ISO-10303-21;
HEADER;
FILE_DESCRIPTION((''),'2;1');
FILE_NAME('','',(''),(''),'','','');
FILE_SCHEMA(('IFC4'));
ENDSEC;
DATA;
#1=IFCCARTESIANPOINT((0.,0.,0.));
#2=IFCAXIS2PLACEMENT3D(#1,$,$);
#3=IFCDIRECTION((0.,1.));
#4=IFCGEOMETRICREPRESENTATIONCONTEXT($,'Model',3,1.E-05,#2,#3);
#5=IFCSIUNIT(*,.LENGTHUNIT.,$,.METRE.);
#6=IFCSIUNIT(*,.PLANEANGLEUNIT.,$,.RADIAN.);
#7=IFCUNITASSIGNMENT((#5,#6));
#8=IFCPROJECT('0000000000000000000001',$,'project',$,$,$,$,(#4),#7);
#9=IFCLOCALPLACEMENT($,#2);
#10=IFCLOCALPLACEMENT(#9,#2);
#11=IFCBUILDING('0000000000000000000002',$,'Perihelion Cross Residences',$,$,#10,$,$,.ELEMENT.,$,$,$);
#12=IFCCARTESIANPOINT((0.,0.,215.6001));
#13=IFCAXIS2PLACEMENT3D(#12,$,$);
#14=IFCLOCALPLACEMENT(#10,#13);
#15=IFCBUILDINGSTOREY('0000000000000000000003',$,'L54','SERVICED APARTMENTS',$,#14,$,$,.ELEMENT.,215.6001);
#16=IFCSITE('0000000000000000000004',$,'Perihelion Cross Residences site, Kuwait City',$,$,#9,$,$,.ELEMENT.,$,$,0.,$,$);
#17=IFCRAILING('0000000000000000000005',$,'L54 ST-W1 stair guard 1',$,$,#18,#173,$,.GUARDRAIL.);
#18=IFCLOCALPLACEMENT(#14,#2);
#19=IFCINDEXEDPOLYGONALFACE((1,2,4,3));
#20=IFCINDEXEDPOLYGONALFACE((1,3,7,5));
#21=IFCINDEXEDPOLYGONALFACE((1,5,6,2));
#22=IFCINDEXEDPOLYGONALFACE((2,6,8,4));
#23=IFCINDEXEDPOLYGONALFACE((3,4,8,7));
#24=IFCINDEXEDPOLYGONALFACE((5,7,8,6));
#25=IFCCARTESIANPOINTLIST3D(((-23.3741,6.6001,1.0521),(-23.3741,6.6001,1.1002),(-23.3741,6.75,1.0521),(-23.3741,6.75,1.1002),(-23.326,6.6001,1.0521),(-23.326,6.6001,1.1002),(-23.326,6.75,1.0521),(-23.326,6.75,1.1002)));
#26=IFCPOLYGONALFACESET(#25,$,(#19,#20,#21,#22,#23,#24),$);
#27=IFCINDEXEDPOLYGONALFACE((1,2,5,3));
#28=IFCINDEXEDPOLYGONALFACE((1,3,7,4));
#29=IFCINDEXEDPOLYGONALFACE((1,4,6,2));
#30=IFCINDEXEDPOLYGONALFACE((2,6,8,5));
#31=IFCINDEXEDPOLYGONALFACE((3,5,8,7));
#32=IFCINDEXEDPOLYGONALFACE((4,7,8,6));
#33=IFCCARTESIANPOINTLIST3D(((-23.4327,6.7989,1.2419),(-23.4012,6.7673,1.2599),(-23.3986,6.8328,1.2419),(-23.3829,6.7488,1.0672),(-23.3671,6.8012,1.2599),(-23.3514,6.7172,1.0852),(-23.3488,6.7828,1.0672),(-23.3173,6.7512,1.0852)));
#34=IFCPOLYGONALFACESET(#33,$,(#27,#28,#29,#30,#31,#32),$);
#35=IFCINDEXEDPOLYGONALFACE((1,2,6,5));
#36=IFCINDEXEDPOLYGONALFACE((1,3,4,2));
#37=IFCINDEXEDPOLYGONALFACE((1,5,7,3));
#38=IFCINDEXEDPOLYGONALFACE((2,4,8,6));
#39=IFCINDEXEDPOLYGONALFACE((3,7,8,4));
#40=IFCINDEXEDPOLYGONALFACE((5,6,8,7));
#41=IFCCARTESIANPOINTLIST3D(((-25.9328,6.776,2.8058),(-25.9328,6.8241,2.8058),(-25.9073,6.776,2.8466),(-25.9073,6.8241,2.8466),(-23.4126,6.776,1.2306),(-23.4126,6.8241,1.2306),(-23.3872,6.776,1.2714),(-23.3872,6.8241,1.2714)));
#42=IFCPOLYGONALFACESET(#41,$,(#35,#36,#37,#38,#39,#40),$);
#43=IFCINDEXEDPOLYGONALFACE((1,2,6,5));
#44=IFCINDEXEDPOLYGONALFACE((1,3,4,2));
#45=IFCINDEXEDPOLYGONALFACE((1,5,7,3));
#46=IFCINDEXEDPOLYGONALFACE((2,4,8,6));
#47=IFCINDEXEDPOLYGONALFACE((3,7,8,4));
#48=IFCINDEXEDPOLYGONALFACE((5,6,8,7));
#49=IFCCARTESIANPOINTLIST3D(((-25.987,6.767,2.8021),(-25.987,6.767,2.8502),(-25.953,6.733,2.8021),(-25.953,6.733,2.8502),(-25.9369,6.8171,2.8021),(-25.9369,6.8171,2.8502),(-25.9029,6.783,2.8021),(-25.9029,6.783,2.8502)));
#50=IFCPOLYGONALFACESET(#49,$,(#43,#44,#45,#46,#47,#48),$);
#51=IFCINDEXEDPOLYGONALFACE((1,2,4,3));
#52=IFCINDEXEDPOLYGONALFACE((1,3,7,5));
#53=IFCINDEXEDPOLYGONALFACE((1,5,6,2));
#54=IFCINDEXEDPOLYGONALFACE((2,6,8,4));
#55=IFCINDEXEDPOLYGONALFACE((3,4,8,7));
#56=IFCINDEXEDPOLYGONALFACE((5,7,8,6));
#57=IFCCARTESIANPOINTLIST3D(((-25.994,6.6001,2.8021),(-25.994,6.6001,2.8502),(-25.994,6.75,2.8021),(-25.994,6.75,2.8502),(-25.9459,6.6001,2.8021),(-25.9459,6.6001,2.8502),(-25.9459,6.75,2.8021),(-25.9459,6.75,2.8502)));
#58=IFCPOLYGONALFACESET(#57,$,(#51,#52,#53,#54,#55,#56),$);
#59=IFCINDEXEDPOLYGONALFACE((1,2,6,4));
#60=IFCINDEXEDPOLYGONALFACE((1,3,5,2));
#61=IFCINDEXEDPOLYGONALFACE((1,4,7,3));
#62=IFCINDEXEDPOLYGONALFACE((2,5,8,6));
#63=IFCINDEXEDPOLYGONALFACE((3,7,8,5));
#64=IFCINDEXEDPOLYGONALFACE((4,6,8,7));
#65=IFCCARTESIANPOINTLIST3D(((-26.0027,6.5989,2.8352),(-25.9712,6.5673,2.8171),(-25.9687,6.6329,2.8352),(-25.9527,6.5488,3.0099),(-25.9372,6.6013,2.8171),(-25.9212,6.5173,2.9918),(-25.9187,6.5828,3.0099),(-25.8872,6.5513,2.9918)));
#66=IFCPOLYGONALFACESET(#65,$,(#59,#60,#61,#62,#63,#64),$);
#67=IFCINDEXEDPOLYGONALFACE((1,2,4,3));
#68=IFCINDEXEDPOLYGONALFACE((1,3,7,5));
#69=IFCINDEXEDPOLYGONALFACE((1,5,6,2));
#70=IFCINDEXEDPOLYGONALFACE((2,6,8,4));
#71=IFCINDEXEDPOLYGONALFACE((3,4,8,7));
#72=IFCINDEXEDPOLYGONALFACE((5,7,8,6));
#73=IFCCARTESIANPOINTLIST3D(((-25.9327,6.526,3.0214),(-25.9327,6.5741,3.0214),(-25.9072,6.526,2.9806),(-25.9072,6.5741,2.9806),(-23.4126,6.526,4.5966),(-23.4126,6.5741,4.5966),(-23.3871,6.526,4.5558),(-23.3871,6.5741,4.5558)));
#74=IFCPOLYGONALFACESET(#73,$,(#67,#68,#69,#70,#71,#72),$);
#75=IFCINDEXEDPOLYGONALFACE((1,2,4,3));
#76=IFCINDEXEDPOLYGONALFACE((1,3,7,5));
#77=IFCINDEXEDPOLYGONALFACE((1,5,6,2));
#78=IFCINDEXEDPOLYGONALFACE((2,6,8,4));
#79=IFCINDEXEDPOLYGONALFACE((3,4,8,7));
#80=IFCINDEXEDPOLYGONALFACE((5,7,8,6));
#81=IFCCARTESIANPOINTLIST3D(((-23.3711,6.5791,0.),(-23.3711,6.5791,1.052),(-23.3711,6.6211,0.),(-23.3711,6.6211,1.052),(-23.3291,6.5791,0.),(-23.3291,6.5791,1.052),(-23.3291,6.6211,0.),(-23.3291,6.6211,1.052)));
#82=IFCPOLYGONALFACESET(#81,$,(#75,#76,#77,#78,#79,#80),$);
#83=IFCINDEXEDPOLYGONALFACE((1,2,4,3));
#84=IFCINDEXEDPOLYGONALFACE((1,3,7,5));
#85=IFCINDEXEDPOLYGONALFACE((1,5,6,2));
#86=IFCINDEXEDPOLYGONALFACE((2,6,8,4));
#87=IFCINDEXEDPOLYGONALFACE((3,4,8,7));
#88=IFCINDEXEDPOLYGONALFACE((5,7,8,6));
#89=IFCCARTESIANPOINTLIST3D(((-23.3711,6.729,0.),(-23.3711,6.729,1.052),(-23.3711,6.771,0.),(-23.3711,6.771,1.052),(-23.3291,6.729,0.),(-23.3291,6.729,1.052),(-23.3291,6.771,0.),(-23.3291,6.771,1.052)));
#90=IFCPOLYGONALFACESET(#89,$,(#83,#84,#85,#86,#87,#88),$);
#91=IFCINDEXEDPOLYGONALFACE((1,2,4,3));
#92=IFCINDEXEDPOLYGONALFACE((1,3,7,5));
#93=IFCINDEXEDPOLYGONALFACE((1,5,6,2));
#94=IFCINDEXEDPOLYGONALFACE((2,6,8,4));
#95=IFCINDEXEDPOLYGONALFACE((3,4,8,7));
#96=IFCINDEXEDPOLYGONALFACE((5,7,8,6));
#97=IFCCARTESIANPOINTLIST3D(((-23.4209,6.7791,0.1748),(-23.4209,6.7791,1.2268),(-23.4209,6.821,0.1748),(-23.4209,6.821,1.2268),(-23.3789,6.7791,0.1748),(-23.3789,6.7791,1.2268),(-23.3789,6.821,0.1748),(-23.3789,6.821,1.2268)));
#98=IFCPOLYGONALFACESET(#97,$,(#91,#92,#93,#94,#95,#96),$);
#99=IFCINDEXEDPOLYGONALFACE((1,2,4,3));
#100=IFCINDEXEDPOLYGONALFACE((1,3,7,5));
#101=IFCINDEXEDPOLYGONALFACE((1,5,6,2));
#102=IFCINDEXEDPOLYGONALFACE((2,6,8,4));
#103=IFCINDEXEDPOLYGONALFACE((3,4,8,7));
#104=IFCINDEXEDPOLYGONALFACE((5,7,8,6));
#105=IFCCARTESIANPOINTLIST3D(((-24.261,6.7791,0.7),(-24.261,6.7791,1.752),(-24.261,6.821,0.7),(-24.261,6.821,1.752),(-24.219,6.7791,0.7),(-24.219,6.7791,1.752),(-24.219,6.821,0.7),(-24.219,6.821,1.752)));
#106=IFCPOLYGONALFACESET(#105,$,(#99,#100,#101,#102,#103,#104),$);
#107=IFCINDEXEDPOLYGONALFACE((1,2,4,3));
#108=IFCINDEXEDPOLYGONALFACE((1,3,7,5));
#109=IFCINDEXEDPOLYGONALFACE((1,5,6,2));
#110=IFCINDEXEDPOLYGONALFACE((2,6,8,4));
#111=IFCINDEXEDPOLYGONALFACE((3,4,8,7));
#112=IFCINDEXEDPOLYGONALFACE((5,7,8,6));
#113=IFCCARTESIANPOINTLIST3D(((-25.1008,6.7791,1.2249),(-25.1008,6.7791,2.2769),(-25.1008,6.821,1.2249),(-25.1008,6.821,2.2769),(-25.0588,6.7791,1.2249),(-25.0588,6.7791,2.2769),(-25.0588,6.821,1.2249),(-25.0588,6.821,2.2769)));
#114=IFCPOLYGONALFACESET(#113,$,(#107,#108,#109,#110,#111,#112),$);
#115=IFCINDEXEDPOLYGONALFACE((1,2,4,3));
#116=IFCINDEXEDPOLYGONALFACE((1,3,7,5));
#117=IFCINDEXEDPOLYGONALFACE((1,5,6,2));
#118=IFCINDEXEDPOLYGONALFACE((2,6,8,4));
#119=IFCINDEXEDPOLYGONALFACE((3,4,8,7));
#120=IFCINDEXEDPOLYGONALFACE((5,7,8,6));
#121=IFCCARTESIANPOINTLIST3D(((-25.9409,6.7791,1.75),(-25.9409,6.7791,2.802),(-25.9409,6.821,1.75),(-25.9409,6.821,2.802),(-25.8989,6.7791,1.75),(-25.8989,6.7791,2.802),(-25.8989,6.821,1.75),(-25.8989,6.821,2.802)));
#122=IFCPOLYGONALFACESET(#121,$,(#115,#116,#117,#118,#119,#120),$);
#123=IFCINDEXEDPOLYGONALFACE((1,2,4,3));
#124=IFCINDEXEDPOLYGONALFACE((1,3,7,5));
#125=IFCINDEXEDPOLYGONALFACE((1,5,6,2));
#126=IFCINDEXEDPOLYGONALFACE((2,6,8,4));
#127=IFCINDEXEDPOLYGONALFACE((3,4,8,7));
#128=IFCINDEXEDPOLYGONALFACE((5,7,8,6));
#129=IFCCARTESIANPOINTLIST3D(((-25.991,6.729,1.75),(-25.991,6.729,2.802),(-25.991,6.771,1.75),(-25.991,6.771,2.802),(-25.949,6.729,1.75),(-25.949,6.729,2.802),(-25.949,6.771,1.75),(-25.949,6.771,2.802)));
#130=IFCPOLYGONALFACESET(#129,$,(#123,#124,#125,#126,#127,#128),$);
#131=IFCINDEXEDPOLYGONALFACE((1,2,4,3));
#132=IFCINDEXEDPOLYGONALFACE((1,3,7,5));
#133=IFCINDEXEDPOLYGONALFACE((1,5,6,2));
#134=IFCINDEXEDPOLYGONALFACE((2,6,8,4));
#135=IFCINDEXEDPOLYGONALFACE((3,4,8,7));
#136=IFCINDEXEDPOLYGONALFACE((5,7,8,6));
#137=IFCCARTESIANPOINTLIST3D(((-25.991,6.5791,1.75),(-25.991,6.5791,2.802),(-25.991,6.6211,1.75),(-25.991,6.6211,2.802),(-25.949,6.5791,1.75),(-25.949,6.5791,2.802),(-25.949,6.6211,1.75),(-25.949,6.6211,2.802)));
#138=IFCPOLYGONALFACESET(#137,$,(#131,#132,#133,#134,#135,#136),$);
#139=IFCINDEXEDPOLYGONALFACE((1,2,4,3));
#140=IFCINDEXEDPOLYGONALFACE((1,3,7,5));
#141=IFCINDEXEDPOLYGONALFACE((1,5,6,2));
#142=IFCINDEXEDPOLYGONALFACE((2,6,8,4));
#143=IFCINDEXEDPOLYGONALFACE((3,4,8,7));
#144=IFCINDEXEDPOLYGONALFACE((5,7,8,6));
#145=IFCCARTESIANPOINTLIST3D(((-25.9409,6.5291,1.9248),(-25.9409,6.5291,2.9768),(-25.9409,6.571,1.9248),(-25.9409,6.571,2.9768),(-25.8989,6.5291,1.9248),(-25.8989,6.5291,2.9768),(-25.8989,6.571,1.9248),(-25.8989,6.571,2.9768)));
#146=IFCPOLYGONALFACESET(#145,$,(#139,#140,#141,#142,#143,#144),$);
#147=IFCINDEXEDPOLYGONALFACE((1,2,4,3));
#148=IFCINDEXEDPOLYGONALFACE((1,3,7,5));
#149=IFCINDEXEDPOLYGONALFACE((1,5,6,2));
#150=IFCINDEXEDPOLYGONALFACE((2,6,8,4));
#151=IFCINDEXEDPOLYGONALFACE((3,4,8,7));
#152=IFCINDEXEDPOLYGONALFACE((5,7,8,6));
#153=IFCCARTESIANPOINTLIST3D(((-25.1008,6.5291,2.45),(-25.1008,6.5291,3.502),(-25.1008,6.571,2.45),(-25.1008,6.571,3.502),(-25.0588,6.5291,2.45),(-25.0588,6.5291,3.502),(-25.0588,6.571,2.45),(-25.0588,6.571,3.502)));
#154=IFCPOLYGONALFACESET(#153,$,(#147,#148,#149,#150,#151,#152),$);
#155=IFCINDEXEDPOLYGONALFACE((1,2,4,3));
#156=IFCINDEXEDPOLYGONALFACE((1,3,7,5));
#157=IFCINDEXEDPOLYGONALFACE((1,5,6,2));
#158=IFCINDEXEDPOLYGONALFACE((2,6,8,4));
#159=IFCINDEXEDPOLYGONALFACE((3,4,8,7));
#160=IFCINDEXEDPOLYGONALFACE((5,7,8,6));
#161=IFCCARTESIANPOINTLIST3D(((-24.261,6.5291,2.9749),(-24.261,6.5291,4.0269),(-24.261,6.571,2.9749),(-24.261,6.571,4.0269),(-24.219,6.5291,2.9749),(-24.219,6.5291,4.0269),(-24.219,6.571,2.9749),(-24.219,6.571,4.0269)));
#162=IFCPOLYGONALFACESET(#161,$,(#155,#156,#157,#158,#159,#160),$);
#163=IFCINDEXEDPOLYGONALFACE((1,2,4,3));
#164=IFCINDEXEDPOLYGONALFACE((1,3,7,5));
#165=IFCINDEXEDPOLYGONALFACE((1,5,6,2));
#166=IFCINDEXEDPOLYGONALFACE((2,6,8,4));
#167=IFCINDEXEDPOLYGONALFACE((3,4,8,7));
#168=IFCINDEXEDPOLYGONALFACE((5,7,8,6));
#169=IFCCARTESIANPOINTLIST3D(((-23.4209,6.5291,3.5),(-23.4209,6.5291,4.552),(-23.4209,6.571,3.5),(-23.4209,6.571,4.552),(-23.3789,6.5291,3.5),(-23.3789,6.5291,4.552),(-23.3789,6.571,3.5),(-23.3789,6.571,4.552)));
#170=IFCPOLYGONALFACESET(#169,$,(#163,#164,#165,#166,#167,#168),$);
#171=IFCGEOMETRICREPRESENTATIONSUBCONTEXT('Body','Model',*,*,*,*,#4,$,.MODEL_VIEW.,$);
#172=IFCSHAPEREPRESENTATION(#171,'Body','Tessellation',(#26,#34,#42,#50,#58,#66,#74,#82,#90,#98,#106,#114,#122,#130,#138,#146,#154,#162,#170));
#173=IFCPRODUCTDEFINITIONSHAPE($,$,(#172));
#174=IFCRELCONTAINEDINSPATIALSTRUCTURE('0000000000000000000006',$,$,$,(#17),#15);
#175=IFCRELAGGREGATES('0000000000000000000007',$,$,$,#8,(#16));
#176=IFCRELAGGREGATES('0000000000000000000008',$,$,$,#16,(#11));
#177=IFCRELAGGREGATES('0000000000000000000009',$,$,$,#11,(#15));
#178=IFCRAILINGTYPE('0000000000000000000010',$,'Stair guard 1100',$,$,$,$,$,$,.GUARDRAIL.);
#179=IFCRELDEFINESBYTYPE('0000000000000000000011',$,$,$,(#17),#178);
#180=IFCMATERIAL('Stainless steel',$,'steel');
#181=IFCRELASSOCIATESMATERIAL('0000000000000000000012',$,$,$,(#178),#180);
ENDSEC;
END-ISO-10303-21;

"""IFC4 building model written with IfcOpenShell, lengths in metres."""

from ifc_helpers import new_model, si_unit, direction, frame, origin, origin_2d, place, context, subcontext, project, spatial, rectangle, extrude, material, type_object, element, save


model = new_model("IFC4")

# Units and contexts
model_context = context("Model", 3, precision=1e-05, world=origin(), true_north=direction((0.0, 1.0)))
body_context = subcontext(model_context, "Body", "Model", "MODEL_VIEW")
ifc_project = project(units=[si_unit("LENGTHUNIT", "METRE"), si_unit("PLANEANGLEUNIT", "RADIAN")], contexts=[model_context])

# Site, building, storey
site_placement = place(None, origin())
site = spatial("IfcSite", under=ifc_project, at=site_placement, Name="Perihelion Cross Residences site, Kuwait City", CompositionType="ELEMENT", RefElevation=0.0)
building_placement = place(site_placement, origin())
building = spatial("IfcBuilding", under=site, at=building_placement, Name="Perihelion Cross Residences", CompositionType="ELEMENT")
storey_placement = place(building_placement, frame((0.0, 0.0, 215.6001)))
storey = spatial("IfcBuildingStorey", under=building, at=storey_placement, Name="L54", Description="SERVICED APARTMENTS", CompositionType="ELEMENT", Elevation=215.6001)

# Railing
ifc_material_1 = material(Name="Stainless steel", Category="steel")
railing_type_1 = type_object("IfcRailingType", Name="Stair guard 1100", PredefinedType="GUARDRAIL", material=ifc_material_1)
railing_1_placement = place(storey_placement, frame((-23.3501, 6.6001, 0.0)))
element("IfcRailing", 1, at=railing_1_placement, inside=storey, type_object=railing_type_1, Name="L54 ST-W1 stair guard 1", PredefinedType="GUARDRAIL", context=body_context, shape_type="SweptSolid", body=[
    extrude(rectangle(XDim=0.0481, YDim=0.0481, at=origin_2d()), frame((0.0, 0.0, 1.0762), z_axis=(0.0, 1.0, 0.0), x_axis=(-1.0, 0.0, 0.0)), (0.0, 0.0, 1.0), 0.1499),
    extrude(rectangle(XDim=0.0481, YDim=0.0481, at=origin_2d()), frame((0.0, 0.1499, 1.0762), z_axis=(-0.264179, 0.265474, 0.927218), x_axis=(-0.708834, -0.705376, 0.0)), (0.0, 0.0, 1.0), 0.1885),
    extrude(rectangle(XDim=0.0481, YDim=0.0481, at=origin_2d()), frame((-0.0498, 0.2, 1.251), z_axis=(-0.847971, 0.0, 0.530043), x_axis=(0.0, -1.0, 0.0)), (0.0, 0.0, 1.0), 2.9719),
    extrude(rectangle(XDim=0.0481, YDim=0.0481, at=origin_2d()), frame((-2.5698, 0.2, 2.8262), z_axis=(-0.707107, -0.707107, 0.0), x_axis=(0.707107, -0.707107, 0.0)), (0.0, 0.0, 1.0), 0.0708),
    extrude(rectangle(XDim=0.0481, YDim=0.0481, at=origin_2d()), frame((-2.6199, 0.1499, 2.8262), z_axis=(0.0, -1.0, 0.0), x_axis=(1.0, 0.0, 0.0)), (0.0, 0.0, 1.0), 0.1499),
    extrude(rectangle(XDim=0.0481, YDim=0.0481, at=origin_2d()), frame((-2.6199, 0.0, 2.8262), z_axis=(0.265383, -0.265383, 0.9269), x_axis=(0.707107, 0.707107, 0.0)), (0.0, 0.0, 1.0), 0.1885),
    extrude(rectangle(XDim=0.0481, YDim=0.0481, at=origin_2d()), frame((-2.5698, -0.05, 3.001), z_axis=(0.847971, 0.0, 0.530043), x_axis=(0.0, 1.0, 0.0)), (0.0, 0.0, 1.0), 2.9719),
    extrude(rectangle(XDim=0.042, YDim=0.042, at=origin_2d()), origin(), (0.0, 0.0, 1.0), 1.052),
    extrude(rectangle(XDim=0.042, YDim=0.042, at=origin_2d()), frame((0.0, 0.1499, 0.0)), (0.0, 0.0, 1.0), 1.052),
    extrude(rectangle(XDim=0.042, YDim=0.042, at=origin_2d()), frame((-0.0498, 0.2, 0.1748)), (0.0, 0.0, 1.0), 1.052),
    extrude(rectangle(XDim=0.042, YDim=0.042, at=origin_2d()), frame((-0.8899, 0.2, 0.7)), (0.0, 0.0, 1.0), 1.052),
    extrude(rectangle(XDim=0.042, YDim=0.042, at=origin_2d()), frame((-1.7297, 0.2, 1.2249)), (0.0, 0.0, 1.0), 1.052),
    extrude(rectangle(XDim=0.042, YDim=0.042, at=origin_2d()), frame((-2.5698, 0.2, 1.75)), (0.0, 0.0, 1.0), 1.052),
    extrude(rectangle(XDim=0.042, YDim=0.042, at=origin_2d()), frame((-2.6199, 0.1499, 1.75)), (0.0, 0.0, 1.0), 1.052),
    extrude(rectangle(XDim=0.042, YDim=0.042, at=origin_2d()), frame((-2.6199, 0.0, 1.75)), (0.0, 0.0, 1.0), 1.052),
    extrude(rectangle(XDim=0.042, YDim=0.042, at=origin_2d()), frame((-2.5698, -0.05, 1.9248)), (0.0, 0.0, 1.0), 1.052),
    extrude(rectangle(XDim=0.042, YDim=0.042, at=origin_2d()), frame((-1.7297, -0.05, 2.45)), (0.0, 0.0, 1.0), 1.052),
    extrude(rectangle(XDim=0.042, YDim=0.042, at=origin_2d()), frame((-0.8899, -0.05, 2.9749)), (0.0, 0.0, 1.0), 1.052),
    extrude(rectangle(XDim=0.042, YDim=0.042, at=origin_2d()), frame((-0.0498, -0.05, 3.5)), (0.0, 0.0, 1.0), 1.052),
])

save(model, "model.ifc")
